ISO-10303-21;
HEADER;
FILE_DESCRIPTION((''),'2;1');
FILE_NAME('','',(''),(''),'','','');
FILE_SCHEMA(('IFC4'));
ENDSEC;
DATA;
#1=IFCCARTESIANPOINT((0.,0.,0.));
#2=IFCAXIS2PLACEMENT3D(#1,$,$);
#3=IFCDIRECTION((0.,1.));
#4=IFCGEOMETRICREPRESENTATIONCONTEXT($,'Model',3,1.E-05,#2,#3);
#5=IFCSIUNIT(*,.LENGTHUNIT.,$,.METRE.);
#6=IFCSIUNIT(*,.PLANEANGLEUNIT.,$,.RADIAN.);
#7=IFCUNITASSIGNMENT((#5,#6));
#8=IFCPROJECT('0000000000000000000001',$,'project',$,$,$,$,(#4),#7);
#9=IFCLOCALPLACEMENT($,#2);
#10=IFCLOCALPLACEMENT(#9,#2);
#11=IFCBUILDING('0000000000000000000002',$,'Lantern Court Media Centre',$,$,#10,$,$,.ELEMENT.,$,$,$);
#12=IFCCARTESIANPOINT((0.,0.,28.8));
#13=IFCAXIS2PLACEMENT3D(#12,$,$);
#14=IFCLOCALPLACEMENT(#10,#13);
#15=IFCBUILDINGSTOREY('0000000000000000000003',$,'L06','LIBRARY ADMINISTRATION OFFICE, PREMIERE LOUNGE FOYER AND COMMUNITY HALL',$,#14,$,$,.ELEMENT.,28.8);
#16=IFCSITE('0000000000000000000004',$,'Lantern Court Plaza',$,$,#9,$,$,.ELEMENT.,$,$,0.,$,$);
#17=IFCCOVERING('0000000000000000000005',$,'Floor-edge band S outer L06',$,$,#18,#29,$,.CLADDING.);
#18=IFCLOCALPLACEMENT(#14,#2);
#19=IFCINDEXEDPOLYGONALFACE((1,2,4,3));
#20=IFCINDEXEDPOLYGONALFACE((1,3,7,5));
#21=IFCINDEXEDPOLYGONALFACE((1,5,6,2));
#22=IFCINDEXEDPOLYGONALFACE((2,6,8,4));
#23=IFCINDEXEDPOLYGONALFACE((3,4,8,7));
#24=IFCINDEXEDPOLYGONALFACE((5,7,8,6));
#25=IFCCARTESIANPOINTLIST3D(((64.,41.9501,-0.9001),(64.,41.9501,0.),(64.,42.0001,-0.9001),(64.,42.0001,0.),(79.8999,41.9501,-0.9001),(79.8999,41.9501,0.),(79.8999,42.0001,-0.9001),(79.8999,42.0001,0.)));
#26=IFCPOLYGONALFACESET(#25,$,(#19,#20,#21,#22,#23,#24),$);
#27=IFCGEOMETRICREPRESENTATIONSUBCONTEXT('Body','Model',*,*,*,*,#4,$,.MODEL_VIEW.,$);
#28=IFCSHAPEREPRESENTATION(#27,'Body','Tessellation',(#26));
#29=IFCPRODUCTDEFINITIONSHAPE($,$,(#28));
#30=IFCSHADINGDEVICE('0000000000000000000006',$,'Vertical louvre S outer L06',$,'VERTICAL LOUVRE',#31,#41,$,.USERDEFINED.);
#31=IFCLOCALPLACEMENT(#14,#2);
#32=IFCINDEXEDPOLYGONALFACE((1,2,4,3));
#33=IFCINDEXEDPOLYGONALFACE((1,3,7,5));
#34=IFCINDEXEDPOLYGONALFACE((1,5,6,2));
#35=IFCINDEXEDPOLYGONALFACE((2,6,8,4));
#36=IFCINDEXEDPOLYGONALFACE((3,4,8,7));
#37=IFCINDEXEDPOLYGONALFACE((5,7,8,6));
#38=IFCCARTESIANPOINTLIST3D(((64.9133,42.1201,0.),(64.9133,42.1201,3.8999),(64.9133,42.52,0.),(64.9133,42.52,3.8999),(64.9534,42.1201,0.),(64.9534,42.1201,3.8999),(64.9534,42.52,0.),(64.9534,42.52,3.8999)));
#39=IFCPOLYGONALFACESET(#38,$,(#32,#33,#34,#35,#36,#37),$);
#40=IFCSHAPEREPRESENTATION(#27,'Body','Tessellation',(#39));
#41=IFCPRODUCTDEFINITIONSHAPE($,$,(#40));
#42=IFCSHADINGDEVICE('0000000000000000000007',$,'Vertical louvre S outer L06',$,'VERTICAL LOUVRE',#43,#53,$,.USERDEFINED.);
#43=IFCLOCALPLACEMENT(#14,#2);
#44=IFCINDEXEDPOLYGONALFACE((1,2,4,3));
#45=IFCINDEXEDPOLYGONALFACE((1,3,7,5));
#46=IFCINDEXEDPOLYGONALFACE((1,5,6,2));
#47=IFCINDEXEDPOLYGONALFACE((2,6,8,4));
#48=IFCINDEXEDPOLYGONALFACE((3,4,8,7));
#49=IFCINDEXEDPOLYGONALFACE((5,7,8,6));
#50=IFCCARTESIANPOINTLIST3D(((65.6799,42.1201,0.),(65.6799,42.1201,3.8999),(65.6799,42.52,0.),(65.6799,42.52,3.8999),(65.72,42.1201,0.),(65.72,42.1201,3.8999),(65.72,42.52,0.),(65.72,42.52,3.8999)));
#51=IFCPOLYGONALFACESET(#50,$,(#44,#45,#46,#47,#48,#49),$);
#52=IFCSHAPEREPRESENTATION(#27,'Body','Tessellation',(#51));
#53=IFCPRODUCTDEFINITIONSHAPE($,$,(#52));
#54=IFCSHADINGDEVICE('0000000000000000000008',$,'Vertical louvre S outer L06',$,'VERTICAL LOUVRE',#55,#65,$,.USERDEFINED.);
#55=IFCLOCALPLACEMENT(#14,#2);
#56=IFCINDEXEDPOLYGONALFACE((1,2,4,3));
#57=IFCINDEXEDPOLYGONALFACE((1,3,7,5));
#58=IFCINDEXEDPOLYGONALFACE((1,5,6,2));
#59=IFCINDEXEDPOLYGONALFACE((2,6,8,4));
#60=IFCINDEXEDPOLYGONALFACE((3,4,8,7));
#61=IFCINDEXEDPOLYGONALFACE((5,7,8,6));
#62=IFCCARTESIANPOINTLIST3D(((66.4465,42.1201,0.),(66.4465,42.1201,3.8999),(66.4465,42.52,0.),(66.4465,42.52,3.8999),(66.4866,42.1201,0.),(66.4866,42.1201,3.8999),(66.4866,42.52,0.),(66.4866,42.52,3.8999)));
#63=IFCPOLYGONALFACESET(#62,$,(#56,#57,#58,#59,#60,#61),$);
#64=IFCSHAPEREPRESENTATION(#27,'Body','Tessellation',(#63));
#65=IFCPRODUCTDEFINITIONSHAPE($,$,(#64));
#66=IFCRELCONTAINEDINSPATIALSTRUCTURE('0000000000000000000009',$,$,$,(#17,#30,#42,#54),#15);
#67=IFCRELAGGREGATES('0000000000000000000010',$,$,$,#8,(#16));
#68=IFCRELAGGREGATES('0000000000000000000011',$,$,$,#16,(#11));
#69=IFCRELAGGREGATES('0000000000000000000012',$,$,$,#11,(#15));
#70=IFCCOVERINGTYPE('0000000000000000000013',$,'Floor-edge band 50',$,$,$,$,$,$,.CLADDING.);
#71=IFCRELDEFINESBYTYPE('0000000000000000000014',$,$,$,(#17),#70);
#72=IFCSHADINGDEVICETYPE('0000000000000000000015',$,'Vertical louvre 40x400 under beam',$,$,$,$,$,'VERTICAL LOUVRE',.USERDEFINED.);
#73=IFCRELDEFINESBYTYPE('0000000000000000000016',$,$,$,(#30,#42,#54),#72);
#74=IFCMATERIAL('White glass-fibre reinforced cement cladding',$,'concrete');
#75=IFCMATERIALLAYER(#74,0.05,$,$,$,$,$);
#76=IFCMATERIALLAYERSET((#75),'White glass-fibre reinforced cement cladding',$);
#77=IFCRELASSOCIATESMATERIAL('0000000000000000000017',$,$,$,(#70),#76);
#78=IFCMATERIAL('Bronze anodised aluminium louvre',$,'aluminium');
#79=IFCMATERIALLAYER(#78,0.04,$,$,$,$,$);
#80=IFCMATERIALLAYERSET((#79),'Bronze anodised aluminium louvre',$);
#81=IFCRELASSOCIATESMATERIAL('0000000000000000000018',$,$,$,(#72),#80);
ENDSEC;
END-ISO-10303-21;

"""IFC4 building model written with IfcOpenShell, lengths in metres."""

from ifc_helpers import new_model, si_unit, direction, frame, frame_2d, origin, origin_2d, place, context, subcontext, project, spatial, rectangle, extrude, material, layer, layer_set, type_object, element, save


model = new_model("IFC4")

# Units and contexts
model_context = context("Model", 3, precision=1e-05, world=origin(), true_north=direction((0.0, 1.0)))
body_context = subcontext(model_context, "Body", "Model", "MODEL_VIEW")
ifc_project = project(units=[si_unit("LENGTHUNIT", "METRE"), si_unit("PLANEANGLEUNIT", "RADIAN")], contexts=[model_context])

# Site, building, storey
site_placement = place(None, origin())
site = spatial("IfcSite", under=ifc_project, at=site_placement, Name="Lantern Court Plaza", CompositionType="ELEMENT", RefElevation=0.0)
building_placement = place(site_placement, origin())
building = spatial("IfcBuilding", under=site, at=building_placement, Name="Lantern Court Media Centre", CompositionType="ELEMENT")
storey_placement = place(building_placement, frame((0.0, 0.0, 28.8)))
storey = spatial("IfcBuildingStorey", under=building, at=storey_placement, Name="L06", Description="LIBRARY ADMINISTRATION OFFICE, PREMIERE LOUNGE FOYER AND COMMUNITY HALL", CompositionType="ELEMENT", Elevation=28.8)

# Covering
ifc_material_1 = material(Name="White glass-fibre reinforced cement cladding", Category="concrete")
ifc_layer_1 = layer(ifc_material_1, 0.05)
ifc_layer_set_1 = layer_set([ifc_layer_1], Name="White glass-fibre reinforced cement cladding")
covering_type = type_object("IfcCoveringType", Name="Floor-edge band 50", PredefinedType="CLADDING", material=ifc_layer_set_1)
covering_placement = place(storey_placement, frame((64.0, 41.9751, -0.9001), z_axis=(0.0, 0.0, 1.0), x_axis=(1.0, 0.0, 0.0)))
element("IfcCovering", 1, at=covering_placement, inside=storey, type_object=covering_type, Name="Floor-edge band S outer L06", PredefinedType="CLADDING", context=body_context, shape_type="SweptSolid", body=[
    extrude(rectangle(XDim=15.8999, YDim=0.05, at=frame_2d((7.95, 0.0))), origin(), (0.0, 0.0, 1.0), 0.9001),
])

# Shading devices
ifc_material_2 = material(Name="Bronze anodised aluminium louvre", Category="aluminium")
ifc_layer_2 = layer(ifc_material_2, 0.04)
ifc_layer_set_2 = layer_set([ifc_layer_2], Name="Bronze anodised aluminium louvre")
shading_device_type = type_object("IfcShadingDeviceType", Name="Vertical louvre 40x400 under beam", ElementType="VERTICAL LOUVRE", PredefinedType="USERDEFINED", material=ifc_layer_set_2)
for number, where, z_axis, x_axis, name in (
    (2, (64.9333, 42.3201, 0.0), (0.0, 0.0, 1.0), (1.0, 0.0, 0.0), "Vertical louvre S outer L06"),
    (3, (65.7, 42.3201, 0.0), (0.0, 0.0, 1.0), (1.0, 0.0, 0.0), "Vertical louvre S outer L06"),
    (4, (66.4666, 42.3201, 0.0), (0.0, 0.0, 1.0), (1.0, 0.0, 0.0), "Vertical louvre S outer L06"),
):
    element("IfcShadingDevice", number, at=place(storey_placement, frame(where, z_axis=z_axis, x_axis=x_axis)), inside=storey, type_object=shading_device_type, Name=name, ObjectType="VERTICAL LOUVRE", PredefinedType="USERDEFINED", context=body_context, shape_type="SweptSolid", body=[
        extrude(rectangle(XDim=0.04, YDim=0.3999, at=origin_2d()), origin(), (0.0, 0.0, 1.0), 3.8999),
    ])

save(model, "model.ifc")
